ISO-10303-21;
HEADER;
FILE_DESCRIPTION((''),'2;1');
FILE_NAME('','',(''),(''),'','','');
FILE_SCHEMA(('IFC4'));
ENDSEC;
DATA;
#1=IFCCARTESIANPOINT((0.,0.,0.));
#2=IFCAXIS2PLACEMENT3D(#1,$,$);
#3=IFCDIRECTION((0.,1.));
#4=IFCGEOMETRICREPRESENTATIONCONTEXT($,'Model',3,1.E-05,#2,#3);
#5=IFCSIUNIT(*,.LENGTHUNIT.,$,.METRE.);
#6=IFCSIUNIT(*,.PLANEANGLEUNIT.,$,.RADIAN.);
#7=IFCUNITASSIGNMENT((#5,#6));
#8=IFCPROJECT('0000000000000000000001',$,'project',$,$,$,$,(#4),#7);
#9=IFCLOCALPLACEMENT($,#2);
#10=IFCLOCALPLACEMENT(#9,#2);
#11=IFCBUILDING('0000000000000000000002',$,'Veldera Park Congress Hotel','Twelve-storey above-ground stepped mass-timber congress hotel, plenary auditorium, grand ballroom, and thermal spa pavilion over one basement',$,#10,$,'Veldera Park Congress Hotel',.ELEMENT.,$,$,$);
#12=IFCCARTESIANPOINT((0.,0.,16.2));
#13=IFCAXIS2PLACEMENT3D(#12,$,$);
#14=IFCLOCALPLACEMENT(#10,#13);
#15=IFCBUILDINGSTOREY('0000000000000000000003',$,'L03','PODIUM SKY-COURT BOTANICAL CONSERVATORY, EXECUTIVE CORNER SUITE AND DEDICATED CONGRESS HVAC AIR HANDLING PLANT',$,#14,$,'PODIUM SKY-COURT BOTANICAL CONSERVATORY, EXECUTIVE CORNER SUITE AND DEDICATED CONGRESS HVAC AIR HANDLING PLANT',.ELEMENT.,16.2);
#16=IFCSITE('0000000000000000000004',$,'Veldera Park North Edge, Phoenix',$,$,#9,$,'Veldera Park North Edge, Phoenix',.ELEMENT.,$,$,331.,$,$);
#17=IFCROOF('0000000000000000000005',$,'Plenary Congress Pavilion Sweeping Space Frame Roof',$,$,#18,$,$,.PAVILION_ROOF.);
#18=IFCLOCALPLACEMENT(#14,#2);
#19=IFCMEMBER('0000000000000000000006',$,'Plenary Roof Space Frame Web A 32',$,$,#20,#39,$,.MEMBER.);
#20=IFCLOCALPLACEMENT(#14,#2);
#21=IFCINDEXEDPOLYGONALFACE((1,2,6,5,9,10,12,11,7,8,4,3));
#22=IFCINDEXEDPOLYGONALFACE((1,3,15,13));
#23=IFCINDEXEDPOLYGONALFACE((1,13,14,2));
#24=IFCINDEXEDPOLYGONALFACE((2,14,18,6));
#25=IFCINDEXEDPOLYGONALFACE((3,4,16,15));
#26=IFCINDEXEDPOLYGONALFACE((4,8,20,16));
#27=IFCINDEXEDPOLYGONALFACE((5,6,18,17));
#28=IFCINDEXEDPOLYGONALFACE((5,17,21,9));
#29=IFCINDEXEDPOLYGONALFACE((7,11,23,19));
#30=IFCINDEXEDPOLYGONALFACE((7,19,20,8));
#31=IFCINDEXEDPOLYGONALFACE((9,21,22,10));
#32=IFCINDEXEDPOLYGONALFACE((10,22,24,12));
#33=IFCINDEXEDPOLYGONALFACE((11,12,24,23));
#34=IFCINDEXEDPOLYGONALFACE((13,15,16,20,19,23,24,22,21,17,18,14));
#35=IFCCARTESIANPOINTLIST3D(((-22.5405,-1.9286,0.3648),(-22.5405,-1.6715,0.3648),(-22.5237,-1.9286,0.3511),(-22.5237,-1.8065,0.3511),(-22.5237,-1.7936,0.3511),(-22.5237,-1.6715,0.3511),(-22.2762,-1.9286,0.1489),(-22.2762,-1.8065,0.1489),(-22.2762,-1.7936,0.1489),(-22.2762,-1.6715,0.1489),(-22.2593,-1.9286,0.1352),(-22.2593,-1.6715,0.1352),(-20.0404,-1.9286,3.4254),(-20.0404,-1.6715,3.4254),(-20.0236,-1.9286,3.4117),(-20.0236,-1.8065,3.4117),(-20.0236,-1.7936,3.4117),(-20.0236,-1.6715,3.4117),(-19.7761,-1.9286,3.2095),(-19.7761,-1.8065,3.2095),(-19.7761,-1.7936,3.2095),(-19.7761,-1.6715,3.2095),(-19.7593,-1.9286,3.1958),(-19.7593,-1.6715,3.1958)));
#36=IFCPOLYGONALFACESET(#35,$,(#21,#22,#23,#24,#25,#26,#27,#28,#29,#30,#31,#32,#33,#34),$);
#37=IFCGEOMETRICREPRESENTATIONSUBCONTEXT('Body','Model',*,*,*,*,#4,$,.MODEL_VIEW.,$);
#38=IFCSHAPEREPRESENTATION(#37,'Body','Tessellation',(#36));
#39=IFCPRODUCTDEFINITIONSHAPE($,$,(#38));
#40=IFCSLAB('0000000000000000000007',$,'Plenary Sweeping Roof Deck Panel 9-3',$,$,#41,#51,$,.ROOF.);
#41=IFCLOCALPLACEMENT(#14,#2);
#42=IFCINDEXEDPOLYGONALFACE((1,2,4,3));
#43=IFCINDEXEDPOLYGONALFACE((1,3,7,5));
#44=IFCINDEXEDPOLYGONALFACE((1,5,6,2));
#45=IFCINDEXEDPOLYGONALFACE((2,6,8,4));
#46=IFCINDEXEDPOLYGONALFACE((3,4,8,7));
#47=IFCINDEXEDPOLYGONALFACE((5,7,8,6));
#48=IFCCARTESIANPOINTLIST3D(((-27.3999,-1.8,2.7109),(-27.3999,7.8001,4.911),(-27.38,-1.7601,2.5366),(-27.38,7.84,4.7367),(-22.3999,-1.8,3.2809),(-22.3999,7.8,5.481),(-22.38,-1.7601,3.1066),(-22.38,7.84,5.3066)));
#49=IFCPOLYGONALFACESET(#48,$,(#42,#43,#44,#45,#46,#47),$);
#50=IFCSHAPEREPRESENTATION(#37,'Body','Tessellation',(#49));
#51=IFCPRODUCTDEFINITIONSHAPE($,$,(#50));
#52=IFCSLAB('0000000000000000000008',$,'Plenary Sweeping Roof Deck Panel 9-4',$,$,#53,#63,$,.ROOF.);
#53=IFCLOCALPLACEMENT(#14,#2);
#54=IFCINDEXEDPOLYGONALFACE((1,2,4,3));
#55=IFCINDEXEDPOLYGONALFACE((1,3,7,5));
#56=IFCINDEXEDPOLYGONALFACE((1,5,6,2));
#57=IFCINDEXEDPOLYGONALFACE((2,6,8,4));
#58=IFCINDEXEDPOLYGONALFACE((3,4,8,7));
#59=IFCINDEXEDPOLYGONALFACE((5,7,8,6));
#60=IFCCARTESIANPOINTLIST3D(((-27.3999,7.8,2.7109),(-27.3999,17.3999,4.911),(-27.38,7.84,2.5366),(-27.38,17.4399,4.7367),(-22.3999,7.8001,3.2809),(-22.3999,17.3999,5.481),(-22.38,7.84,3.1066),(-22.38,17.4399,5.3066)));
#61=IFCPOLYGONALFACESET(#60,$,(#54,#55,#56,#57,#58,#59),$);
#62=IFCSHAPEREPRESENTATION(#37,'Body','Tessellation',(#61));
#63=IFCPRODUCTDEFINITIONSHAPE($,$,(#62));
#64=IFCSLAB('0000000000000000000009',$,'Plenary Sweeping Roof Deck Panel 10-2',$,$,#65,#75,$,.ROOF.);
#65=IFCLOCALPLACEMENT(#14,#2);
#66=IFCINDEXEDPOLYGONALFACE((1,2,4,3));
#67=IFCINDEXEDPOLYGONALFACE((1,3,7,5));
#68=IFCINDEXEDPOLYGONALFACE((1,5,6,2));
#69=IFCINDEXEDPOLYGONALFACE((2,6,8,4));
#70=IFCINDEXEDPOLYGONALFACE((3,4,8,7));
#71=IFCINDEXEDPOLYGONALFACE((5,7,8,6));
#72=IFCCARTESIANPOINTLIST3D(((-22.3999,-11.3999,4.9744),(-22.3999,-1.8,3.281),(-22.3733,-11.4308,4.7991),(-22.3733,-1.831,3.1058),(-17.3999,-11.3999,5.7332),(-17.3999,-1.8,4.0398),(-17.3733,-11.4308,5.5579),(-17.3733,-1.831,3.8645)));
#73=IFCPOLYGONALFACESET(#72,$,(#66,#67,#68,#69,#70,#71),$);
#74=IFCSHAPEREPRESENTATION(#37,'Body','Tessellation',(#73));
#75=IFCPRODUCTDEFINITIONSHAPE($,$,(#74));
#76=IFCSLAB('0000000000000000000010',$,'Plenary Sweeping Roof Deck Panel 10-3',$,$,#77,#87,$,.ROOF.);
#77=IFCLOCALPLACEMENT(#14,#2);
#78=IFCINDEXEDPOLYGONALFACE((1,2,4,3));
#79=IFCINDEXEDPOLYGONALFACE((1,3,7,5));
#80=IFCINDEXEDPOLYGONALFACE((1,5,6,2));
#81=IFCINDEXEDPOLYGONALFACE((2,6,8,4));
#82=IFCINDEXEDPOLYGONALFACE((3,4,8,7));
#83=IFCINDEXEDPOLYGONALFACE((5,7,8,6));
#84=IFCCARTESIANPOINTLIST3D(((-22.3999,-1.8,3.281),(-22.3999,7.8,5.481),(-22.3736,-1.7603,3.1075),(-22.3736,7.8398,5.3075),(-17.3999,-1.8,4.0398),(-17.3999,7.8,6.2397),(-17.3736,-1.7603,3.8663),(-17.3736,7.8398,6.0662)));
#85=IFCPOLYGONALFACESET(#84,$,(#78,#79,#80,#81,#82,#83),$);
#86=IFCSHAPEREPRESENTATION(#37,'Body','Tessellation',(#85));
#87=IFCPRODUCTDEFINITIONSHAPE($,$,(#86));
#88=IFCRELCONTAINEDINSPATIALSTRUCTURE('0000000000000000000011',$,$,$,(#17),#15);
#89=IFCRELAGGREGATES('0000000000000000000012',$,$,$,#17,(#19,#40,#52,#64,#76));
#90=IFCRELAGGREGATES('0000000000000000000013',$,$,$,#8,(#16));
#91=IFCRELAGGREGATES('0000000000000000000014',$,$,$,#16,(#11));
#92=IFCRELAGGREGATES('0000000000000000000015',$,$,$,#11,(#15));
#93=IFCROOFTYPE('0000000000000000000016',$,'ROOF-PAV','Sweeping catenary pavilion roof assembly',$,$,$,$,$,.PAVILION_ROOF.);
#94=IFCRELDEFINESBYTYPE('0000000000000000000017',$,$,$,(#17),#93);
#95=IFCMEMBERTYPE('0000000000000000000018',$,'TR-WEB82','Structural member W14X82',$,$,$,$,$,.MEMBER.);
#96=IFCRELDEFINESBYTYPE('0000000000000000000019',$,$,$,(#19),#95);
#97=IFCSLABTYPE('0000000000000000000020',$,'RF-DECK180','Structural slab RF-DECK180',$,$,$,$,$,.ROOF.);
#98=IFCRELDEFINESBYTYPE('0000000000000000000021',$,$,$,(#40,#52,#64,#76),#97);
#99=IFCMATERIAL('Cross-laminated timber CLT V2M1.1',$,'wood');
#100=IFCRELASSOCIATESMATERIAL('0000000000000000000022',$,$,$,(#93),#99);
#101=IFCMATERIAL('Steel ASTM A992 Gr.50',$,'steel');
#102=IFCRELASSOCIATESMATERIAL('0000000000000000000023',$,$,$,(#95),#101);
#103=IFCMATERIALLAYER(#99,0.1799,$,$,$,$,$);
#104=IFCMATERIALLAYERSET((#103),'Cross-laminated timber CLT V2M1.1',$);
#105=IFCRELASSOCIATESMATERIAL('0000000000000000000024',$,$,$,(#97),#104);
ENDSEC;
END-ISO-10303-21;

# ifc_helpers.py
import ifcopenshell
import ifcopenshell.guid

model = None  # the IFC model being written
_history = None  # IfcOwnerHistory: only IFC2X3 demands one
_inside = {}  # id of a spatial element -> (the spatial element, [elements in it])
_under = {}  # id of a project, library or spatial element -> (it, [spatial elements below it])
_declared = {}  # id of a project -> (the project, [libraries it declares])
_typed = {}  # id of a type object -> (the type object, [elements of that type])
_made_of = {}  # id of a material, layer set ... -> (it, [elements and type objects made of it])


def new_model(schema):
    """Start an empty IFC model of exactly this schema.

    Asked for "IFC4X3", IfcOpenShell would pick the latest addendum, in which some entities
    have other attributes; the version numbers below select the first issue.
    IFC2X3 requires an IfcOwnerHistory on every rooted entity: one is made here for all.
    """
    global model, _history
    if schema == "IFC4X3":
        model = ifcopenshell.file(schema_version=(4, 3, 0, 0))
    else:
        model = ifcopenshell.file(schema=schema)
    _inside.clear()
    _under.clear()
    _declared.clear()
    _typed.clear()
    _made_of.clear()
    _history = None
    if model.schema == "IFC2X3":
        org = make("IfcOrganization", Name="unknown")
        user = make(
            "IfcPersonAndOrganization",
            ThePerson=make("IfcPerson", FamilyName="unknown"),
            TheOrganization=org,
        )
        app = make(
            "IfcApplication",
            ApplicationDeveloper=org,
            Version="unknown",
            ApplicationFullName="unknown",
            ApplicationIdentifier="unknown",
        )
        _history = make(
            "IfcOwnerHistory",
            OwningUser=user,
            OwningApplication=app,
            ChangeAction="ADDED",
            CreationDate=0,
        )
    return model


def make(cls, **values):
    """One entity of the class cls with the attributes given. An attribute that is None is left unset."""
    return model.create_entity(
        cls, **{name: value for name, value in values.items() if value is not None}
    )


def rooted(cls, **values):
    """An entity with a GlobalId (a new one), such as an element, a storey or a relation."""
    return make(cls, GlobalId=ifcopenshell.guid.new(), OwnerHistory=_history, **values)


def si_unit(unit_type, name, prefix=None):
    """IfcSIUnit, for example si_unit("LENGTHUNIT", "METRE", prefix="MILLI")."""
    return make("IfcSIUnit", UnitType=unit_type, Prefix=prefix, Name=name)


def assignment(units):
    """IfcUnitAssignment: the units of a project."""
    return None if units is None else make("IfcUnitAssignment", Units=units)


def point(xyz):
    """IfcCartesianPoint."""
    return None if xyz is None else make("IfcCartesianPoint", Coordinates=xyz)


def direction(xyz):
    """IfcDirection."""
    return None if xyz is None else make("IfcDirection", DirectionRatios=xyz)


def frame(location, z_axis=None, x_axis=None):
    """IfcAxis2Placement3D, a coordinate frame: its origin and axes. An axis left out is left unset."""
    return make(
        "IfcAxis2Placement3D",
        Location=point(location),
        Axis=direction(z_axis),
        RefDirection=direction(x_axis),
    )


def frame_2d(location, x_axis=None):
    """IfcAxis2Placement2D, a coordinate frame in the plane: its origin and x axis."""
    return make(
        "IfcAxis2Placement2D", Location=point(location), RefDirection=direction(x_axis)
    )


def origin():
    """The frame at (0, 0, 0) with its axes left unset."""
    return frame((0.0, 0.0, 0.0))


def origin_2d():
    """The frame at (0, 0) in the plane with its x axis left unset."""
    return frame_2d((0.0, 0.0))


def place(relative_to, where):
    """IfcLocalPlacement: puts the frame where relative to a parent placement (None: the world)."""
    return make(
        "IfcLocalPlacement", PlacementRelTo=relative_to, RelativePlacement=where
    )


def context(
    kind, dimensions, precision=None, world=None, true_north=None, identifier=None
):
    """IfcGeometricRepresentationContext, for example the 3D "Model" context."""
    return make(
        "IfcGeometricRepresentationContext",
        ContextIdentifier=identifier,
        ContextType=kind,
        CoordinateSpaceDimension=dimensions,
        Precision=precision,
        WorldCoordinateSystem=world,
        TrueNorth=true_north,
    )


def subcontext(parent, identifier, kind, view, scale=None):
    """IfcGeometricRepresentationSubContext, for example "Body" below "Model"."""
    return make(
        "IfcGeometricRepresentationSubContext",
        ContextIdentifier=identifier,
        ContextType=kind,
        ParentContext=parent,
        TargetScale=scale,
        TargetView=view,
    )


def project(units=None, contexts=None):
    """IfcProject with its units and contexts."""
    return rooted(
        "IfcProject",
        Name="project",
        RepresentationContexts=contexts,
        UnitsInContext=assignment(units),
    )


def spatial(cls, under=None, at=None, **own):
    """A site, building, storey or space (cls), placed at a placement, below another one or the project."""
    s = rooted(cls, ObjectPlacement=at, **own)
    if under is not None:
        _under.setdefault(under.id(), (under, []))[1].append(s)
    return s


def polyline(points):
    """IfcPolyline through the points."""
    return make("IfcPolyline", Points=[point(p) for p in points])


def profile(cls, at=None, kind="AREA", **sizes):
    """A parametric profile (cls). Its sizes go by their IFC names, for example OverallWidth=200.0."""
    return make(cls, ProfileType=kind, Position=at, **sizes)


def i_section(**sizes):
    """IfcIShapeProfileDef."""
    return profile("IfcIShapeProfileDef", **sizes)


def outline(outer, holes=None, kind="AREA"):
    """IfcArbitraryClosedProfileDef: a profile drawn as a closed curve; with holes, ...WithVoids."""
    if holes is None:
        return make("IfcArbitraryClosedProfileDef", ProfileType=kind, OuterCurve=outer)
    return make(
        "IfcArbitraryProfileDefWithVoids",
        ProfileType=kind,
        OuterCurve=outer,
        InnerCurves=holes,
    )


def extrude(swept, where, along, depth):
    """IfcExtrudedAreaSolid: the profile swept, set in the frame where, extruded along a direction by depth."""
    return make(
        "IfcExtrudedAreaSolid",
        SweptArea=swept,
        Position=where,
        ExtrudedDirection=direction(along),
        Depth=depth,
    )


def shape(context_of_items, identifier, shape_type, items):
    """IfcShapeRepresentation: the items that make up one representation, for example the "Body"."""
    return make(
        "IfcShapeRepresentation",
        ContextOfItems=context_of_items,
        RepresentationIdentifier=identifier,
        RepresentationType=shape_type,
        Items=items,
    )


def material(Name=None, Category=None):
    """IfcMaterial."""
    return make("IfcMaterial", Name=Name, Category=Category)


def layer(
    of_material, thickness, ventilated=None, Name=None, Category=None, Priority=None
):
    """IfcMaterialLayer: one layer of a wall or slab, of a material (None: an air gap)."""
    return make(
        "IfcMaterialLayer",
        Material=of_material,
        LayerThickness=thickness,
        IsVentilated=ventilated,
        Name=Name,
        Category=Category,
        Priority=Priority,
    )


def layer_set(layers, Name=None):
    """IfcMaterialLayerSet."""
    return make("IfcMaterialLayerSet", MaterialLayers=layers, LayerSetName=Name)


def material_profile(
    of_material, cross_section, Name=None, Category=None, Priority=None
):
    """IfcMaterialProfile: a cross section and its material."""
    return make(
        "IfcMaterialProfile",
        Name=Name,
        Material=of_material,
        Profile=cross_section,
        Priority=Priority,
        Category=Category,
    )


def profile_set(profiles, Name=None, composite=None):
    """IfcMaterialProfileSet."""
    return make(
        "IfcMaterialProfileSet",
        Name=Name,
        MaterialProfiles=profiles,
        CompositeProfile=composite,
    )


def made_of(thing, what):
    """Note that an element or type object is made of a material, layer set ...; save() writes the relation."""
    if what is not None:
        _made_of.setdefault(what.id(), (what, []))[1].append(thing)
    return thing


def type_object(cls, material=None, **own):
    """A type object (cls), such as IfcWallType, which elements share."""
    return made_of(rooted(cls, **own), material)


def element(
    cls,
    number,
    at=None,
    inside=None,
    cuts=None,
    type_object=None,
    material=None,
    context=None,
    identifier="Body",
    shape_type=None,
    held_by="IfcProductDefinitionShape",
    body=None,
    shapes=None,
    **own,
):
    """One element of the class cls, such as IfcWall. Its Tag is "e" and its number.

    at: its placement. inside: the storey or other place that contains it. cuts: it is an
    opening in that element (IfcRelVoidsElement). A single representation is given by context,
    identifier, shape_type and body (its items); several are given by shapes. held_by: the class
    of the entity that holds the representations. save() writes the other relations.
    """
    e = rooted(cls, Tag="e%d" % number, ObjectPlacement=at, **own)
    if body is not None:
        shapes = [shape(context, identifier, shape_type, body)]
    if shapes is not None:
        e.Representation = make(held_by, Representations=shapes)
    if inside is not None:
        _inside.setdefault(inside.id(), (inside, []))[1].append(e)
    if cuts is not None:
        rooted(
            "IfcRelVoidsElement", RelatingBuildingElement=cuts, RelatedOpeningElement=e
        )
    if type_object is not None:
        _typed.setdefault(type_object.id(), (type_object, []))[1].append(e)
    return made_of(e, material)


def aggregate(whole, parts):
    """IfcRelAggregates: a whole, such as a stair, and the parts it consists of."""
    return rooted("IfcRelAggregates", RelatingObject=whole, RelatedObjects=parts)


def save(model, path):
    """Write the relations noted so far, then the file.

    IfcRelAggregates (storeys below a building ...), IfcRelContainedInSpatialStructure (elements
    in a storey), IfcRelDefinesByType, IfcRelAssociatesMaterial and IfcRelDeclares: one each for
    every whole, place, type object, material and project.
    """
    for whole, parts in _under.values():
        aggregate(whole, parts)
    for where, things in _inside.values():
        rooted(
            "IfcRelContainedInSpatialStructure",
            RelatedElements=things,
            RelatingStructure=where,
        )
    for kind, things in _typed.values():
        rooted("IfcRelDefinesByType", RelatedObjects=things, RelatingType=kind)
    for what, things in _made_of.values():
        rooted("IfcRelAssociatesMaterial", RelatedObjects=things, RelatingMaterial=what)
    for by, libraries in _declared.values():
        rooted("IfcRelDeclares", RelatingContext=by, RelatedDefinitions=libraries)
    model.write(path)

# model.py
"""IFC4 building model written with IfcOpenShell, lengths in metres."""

from ifc_helpers import new_model, si_unit, direction, frame, origin, origin_2d, place, context, subcontext, project, spatial, polyline, i_section, outline, extrude, material, layer, layer_set, material_profile, profile_set, type_object, element, aggregate, save


model = new_model("IFC4")

# Units and contexts
model_context = context("Model", 3, precision=1e-05, world=origin(), true_north=direction((0.0, 1.0)))
body_context = subcontext(model_context, "Body", "Model", "MODEL_VIEW")
ifc_project = project(units=[si_unit("LENGTHUNIT", "METRE"), si_unit("PLANEANGLEUNIT", "RADIAN")], contexts=[model_context])

# Site, building, storey
site_placement = place(None, origin())
site = spatial("IfcSite", under=ifc_project, at=site_placement, Name="Veldera Park North Edge, Phoenix", LongName="Veldera Park North Edge, Phoenix", CompositionType="ELEMENT", RefElevation=331.0)
building_placement = place(site_placement, origin())
building = spatial("IfcBuilding", under=site, at=building_placement, Name="Veldera Park Congress Hotel", Description="Twelve-storey above-ground stepped mass-timber congress hotel, plenary auditorium, grand ballroom, and thermal spa pavilion over one basement", LongName="Veldera Park Congress Hotel", CompositionType="ELEMENT")
storey_placement = place(building_placement, frame((0.0, 0.0, 16.2)))
storey = spatial("IfcBuildingStorey", under=building, at=storey_placement, Name="L03", Description="PODIUM SKY-COURT BOTANICAL CONSERVATORY, EXECUTIVE CORNER SUITE AND DEDICATED CONGRESS HVAC AIR HANDLING PLANT", LongName="PODIUM SKY-COURT BOTANICAL CONSERVATORY, EXECUTIVE CORNER SUITE AND DEDICATED CONGRESS HVAC AIR HANDLING PLANT", CompositionType="ELEMENT", Elevation=16.2)

# Roof, member, slabs
ifc_material_1 = material(Name="Cross-laminated timber CLT V2M1.1", Category="wood")
roof_type = type_object("IfcRoofType", Name="ROOF-PAV", Description="Sweeping catenary pavilion roof assembly", PredefinedType="PAVILION_ROOF", material=ifc_material_1)
roof_placement = place(storey_placement, origin())
roof = element("IfcRoof", 1, at=roof_placement, inside=storey, type_object=roof_type, Name="Plenary Congress Pavilion Sweeping Space Frame Roof", PredefinedType="PAVILION_ROOF")
ifc_material_2 = material(Name="Steel ASTM A992 Gr.50", Category="steel")
ifc_material_profile_1 = material_profile(ifc_material_2, i_section(OverallWidth=0.2571, OverallDepth=0.363, WebThickness=0.0129, FlangeThickness=0.0217, at=origin_2d()), Name="W14X82")
ifc_profile_set_1 = profile_set([ifc_material_profile_1], Name="Steel ASTM A992 Gr.50")
member_type_1 = type_object("IfcMemberType", Name="TR-WEB82", Description="Structural member W14X82", PredefinedType="MEMBER", material=ifc_profile_set_1)
member_1_placement = place(storey_placement, frame((-22.3999, -1.8, 0.25), z_axis=(0.632619, 0.0, 0.774464), x_axis=(0.0, 1.0, 0.0)))
member_1 = element("IfcMember", 2, at=member_1_placement, type_object=member_type_1, Name="Plenary Roof Space Frame Web A 32", PredefinedType="MEMBER", context=body_context, shape_type="SweptSolid", body=[
    extrude(i_section(OverallWidth=0.2571, OverallDepth=0.363, WebThickness=0.0129, FlangeThickness=0.0217, at=origin_2d()), origin(), (0.0, 0.0, 1.0), 3.9519),
])
ifc_layer = layer(ifc_material_1, 0.1799)
ifc_layer_set = layer_set([ifc_layer], Name="Cross-laminated timber CLT V2M1.1")
slab_type = type_object("IfcSlabType", Name="RF-DECK180", Description="Structural slab RF-DECK180", PredefinedType="ROOF", material=ifc_layer_set)
slab_1_placement = place(storey_placement, frame((-27.3999, -1.8, 2.7109), z_axis=(-0.110429, -0.222015, 0.96877), x_axis=(0.993566, 0.000005, 0.113257)))
slab_1 = element("IfcSlab", 3, at=slab_1_placement, type_object=slab_type, Name="Plenary Sweeping Roof Deck Panel 9-3", PredefinedType="ROOF", context=body_context, shape_type="SweptSolid", body=[
    extrude(outline(polyline([(0.0, 0.0), (5.0324, 0.0), (5.2816, 9.8458), (0.2492, 9.8458), (0.0, 0.0)])), origin(), (0.0, 0.0, -1.0), 0.1799),
])
slab_2_placement = place(storey_placement, frame((-27.3999, 7.8, 2.7109), z_axis=(-0.110429, -0.22202, 0.968769), x_axis=(0.993566, 0.000005, 0.113257)))
slab_2 = element("IfcSlab", 4, at=slab_2_placement, type_object=slab_type, Name="Plenary Sweeping Roof Deck Panel 9-4", PredefinedType="ROOF", context=body_context, shape_type="SweptSolid", body=[
    extrude(outline(polyline([(0.0, 0.0), (5.0324, 0.0), (5.2816, 9.8456), (0.2492, 9.8456), (0.0, 0.0)])), origin(), (0.0, 0.0, -1.0), 0.1799),
])
slab_3_placement = place(storey_placement, frame((-22.3999, -11.3999, 4.9744), z_axis=(-0.147809, 0.171804, 0.973979), x_axis=(0.98868, 0.0, 0.15004)))
slab_3 = element("IfcSlab", 5, at=slab_3_placement, type_object=slab_type, Name="Plenary Sweeping Roof Deck Panel 10-2", PredefinedType="ROOF", context=body_context, shape_type="SweptSolid", body=[
    extrude(outline(polyline([(0.0, 0.0), (5.0572, 0.0), (4.8032, 9.7447), (-0.2541, 9.7447), (0.0, 0.0)])), origin(), (0.0, 0.0, -1.0), 0.1799),
])
slab_4_placement = place(storey_placement, frame((-22.3999, -1.8, 3.281), z_axis=(-0.146331, -0.220965, 0.964242), x_axis=(0.98868, 0.0, 0.15004)))
slab_4 = element("IfcSlab", 6, at=slab_4_placement, type_object=slab_type, Name="Plenary Sweeping Roof Deck Panel 10-3", PredefinedType="ROOF", context=body_context, shape_type="SweptSolid", body=[
    extrude(outline(polyline([(0.0, 0.0), (5.0572, 0.0), (5.3873, 9.8434), (0.3301, 9.8434), (0.0, 0.0)])), origin(), (0.0, 0.0, -1.0), 0.1799),
])
aggregate(roof, [member_1, slab_1, slab_2, slab_3, slab_4])

save(model, "model.ifc")
